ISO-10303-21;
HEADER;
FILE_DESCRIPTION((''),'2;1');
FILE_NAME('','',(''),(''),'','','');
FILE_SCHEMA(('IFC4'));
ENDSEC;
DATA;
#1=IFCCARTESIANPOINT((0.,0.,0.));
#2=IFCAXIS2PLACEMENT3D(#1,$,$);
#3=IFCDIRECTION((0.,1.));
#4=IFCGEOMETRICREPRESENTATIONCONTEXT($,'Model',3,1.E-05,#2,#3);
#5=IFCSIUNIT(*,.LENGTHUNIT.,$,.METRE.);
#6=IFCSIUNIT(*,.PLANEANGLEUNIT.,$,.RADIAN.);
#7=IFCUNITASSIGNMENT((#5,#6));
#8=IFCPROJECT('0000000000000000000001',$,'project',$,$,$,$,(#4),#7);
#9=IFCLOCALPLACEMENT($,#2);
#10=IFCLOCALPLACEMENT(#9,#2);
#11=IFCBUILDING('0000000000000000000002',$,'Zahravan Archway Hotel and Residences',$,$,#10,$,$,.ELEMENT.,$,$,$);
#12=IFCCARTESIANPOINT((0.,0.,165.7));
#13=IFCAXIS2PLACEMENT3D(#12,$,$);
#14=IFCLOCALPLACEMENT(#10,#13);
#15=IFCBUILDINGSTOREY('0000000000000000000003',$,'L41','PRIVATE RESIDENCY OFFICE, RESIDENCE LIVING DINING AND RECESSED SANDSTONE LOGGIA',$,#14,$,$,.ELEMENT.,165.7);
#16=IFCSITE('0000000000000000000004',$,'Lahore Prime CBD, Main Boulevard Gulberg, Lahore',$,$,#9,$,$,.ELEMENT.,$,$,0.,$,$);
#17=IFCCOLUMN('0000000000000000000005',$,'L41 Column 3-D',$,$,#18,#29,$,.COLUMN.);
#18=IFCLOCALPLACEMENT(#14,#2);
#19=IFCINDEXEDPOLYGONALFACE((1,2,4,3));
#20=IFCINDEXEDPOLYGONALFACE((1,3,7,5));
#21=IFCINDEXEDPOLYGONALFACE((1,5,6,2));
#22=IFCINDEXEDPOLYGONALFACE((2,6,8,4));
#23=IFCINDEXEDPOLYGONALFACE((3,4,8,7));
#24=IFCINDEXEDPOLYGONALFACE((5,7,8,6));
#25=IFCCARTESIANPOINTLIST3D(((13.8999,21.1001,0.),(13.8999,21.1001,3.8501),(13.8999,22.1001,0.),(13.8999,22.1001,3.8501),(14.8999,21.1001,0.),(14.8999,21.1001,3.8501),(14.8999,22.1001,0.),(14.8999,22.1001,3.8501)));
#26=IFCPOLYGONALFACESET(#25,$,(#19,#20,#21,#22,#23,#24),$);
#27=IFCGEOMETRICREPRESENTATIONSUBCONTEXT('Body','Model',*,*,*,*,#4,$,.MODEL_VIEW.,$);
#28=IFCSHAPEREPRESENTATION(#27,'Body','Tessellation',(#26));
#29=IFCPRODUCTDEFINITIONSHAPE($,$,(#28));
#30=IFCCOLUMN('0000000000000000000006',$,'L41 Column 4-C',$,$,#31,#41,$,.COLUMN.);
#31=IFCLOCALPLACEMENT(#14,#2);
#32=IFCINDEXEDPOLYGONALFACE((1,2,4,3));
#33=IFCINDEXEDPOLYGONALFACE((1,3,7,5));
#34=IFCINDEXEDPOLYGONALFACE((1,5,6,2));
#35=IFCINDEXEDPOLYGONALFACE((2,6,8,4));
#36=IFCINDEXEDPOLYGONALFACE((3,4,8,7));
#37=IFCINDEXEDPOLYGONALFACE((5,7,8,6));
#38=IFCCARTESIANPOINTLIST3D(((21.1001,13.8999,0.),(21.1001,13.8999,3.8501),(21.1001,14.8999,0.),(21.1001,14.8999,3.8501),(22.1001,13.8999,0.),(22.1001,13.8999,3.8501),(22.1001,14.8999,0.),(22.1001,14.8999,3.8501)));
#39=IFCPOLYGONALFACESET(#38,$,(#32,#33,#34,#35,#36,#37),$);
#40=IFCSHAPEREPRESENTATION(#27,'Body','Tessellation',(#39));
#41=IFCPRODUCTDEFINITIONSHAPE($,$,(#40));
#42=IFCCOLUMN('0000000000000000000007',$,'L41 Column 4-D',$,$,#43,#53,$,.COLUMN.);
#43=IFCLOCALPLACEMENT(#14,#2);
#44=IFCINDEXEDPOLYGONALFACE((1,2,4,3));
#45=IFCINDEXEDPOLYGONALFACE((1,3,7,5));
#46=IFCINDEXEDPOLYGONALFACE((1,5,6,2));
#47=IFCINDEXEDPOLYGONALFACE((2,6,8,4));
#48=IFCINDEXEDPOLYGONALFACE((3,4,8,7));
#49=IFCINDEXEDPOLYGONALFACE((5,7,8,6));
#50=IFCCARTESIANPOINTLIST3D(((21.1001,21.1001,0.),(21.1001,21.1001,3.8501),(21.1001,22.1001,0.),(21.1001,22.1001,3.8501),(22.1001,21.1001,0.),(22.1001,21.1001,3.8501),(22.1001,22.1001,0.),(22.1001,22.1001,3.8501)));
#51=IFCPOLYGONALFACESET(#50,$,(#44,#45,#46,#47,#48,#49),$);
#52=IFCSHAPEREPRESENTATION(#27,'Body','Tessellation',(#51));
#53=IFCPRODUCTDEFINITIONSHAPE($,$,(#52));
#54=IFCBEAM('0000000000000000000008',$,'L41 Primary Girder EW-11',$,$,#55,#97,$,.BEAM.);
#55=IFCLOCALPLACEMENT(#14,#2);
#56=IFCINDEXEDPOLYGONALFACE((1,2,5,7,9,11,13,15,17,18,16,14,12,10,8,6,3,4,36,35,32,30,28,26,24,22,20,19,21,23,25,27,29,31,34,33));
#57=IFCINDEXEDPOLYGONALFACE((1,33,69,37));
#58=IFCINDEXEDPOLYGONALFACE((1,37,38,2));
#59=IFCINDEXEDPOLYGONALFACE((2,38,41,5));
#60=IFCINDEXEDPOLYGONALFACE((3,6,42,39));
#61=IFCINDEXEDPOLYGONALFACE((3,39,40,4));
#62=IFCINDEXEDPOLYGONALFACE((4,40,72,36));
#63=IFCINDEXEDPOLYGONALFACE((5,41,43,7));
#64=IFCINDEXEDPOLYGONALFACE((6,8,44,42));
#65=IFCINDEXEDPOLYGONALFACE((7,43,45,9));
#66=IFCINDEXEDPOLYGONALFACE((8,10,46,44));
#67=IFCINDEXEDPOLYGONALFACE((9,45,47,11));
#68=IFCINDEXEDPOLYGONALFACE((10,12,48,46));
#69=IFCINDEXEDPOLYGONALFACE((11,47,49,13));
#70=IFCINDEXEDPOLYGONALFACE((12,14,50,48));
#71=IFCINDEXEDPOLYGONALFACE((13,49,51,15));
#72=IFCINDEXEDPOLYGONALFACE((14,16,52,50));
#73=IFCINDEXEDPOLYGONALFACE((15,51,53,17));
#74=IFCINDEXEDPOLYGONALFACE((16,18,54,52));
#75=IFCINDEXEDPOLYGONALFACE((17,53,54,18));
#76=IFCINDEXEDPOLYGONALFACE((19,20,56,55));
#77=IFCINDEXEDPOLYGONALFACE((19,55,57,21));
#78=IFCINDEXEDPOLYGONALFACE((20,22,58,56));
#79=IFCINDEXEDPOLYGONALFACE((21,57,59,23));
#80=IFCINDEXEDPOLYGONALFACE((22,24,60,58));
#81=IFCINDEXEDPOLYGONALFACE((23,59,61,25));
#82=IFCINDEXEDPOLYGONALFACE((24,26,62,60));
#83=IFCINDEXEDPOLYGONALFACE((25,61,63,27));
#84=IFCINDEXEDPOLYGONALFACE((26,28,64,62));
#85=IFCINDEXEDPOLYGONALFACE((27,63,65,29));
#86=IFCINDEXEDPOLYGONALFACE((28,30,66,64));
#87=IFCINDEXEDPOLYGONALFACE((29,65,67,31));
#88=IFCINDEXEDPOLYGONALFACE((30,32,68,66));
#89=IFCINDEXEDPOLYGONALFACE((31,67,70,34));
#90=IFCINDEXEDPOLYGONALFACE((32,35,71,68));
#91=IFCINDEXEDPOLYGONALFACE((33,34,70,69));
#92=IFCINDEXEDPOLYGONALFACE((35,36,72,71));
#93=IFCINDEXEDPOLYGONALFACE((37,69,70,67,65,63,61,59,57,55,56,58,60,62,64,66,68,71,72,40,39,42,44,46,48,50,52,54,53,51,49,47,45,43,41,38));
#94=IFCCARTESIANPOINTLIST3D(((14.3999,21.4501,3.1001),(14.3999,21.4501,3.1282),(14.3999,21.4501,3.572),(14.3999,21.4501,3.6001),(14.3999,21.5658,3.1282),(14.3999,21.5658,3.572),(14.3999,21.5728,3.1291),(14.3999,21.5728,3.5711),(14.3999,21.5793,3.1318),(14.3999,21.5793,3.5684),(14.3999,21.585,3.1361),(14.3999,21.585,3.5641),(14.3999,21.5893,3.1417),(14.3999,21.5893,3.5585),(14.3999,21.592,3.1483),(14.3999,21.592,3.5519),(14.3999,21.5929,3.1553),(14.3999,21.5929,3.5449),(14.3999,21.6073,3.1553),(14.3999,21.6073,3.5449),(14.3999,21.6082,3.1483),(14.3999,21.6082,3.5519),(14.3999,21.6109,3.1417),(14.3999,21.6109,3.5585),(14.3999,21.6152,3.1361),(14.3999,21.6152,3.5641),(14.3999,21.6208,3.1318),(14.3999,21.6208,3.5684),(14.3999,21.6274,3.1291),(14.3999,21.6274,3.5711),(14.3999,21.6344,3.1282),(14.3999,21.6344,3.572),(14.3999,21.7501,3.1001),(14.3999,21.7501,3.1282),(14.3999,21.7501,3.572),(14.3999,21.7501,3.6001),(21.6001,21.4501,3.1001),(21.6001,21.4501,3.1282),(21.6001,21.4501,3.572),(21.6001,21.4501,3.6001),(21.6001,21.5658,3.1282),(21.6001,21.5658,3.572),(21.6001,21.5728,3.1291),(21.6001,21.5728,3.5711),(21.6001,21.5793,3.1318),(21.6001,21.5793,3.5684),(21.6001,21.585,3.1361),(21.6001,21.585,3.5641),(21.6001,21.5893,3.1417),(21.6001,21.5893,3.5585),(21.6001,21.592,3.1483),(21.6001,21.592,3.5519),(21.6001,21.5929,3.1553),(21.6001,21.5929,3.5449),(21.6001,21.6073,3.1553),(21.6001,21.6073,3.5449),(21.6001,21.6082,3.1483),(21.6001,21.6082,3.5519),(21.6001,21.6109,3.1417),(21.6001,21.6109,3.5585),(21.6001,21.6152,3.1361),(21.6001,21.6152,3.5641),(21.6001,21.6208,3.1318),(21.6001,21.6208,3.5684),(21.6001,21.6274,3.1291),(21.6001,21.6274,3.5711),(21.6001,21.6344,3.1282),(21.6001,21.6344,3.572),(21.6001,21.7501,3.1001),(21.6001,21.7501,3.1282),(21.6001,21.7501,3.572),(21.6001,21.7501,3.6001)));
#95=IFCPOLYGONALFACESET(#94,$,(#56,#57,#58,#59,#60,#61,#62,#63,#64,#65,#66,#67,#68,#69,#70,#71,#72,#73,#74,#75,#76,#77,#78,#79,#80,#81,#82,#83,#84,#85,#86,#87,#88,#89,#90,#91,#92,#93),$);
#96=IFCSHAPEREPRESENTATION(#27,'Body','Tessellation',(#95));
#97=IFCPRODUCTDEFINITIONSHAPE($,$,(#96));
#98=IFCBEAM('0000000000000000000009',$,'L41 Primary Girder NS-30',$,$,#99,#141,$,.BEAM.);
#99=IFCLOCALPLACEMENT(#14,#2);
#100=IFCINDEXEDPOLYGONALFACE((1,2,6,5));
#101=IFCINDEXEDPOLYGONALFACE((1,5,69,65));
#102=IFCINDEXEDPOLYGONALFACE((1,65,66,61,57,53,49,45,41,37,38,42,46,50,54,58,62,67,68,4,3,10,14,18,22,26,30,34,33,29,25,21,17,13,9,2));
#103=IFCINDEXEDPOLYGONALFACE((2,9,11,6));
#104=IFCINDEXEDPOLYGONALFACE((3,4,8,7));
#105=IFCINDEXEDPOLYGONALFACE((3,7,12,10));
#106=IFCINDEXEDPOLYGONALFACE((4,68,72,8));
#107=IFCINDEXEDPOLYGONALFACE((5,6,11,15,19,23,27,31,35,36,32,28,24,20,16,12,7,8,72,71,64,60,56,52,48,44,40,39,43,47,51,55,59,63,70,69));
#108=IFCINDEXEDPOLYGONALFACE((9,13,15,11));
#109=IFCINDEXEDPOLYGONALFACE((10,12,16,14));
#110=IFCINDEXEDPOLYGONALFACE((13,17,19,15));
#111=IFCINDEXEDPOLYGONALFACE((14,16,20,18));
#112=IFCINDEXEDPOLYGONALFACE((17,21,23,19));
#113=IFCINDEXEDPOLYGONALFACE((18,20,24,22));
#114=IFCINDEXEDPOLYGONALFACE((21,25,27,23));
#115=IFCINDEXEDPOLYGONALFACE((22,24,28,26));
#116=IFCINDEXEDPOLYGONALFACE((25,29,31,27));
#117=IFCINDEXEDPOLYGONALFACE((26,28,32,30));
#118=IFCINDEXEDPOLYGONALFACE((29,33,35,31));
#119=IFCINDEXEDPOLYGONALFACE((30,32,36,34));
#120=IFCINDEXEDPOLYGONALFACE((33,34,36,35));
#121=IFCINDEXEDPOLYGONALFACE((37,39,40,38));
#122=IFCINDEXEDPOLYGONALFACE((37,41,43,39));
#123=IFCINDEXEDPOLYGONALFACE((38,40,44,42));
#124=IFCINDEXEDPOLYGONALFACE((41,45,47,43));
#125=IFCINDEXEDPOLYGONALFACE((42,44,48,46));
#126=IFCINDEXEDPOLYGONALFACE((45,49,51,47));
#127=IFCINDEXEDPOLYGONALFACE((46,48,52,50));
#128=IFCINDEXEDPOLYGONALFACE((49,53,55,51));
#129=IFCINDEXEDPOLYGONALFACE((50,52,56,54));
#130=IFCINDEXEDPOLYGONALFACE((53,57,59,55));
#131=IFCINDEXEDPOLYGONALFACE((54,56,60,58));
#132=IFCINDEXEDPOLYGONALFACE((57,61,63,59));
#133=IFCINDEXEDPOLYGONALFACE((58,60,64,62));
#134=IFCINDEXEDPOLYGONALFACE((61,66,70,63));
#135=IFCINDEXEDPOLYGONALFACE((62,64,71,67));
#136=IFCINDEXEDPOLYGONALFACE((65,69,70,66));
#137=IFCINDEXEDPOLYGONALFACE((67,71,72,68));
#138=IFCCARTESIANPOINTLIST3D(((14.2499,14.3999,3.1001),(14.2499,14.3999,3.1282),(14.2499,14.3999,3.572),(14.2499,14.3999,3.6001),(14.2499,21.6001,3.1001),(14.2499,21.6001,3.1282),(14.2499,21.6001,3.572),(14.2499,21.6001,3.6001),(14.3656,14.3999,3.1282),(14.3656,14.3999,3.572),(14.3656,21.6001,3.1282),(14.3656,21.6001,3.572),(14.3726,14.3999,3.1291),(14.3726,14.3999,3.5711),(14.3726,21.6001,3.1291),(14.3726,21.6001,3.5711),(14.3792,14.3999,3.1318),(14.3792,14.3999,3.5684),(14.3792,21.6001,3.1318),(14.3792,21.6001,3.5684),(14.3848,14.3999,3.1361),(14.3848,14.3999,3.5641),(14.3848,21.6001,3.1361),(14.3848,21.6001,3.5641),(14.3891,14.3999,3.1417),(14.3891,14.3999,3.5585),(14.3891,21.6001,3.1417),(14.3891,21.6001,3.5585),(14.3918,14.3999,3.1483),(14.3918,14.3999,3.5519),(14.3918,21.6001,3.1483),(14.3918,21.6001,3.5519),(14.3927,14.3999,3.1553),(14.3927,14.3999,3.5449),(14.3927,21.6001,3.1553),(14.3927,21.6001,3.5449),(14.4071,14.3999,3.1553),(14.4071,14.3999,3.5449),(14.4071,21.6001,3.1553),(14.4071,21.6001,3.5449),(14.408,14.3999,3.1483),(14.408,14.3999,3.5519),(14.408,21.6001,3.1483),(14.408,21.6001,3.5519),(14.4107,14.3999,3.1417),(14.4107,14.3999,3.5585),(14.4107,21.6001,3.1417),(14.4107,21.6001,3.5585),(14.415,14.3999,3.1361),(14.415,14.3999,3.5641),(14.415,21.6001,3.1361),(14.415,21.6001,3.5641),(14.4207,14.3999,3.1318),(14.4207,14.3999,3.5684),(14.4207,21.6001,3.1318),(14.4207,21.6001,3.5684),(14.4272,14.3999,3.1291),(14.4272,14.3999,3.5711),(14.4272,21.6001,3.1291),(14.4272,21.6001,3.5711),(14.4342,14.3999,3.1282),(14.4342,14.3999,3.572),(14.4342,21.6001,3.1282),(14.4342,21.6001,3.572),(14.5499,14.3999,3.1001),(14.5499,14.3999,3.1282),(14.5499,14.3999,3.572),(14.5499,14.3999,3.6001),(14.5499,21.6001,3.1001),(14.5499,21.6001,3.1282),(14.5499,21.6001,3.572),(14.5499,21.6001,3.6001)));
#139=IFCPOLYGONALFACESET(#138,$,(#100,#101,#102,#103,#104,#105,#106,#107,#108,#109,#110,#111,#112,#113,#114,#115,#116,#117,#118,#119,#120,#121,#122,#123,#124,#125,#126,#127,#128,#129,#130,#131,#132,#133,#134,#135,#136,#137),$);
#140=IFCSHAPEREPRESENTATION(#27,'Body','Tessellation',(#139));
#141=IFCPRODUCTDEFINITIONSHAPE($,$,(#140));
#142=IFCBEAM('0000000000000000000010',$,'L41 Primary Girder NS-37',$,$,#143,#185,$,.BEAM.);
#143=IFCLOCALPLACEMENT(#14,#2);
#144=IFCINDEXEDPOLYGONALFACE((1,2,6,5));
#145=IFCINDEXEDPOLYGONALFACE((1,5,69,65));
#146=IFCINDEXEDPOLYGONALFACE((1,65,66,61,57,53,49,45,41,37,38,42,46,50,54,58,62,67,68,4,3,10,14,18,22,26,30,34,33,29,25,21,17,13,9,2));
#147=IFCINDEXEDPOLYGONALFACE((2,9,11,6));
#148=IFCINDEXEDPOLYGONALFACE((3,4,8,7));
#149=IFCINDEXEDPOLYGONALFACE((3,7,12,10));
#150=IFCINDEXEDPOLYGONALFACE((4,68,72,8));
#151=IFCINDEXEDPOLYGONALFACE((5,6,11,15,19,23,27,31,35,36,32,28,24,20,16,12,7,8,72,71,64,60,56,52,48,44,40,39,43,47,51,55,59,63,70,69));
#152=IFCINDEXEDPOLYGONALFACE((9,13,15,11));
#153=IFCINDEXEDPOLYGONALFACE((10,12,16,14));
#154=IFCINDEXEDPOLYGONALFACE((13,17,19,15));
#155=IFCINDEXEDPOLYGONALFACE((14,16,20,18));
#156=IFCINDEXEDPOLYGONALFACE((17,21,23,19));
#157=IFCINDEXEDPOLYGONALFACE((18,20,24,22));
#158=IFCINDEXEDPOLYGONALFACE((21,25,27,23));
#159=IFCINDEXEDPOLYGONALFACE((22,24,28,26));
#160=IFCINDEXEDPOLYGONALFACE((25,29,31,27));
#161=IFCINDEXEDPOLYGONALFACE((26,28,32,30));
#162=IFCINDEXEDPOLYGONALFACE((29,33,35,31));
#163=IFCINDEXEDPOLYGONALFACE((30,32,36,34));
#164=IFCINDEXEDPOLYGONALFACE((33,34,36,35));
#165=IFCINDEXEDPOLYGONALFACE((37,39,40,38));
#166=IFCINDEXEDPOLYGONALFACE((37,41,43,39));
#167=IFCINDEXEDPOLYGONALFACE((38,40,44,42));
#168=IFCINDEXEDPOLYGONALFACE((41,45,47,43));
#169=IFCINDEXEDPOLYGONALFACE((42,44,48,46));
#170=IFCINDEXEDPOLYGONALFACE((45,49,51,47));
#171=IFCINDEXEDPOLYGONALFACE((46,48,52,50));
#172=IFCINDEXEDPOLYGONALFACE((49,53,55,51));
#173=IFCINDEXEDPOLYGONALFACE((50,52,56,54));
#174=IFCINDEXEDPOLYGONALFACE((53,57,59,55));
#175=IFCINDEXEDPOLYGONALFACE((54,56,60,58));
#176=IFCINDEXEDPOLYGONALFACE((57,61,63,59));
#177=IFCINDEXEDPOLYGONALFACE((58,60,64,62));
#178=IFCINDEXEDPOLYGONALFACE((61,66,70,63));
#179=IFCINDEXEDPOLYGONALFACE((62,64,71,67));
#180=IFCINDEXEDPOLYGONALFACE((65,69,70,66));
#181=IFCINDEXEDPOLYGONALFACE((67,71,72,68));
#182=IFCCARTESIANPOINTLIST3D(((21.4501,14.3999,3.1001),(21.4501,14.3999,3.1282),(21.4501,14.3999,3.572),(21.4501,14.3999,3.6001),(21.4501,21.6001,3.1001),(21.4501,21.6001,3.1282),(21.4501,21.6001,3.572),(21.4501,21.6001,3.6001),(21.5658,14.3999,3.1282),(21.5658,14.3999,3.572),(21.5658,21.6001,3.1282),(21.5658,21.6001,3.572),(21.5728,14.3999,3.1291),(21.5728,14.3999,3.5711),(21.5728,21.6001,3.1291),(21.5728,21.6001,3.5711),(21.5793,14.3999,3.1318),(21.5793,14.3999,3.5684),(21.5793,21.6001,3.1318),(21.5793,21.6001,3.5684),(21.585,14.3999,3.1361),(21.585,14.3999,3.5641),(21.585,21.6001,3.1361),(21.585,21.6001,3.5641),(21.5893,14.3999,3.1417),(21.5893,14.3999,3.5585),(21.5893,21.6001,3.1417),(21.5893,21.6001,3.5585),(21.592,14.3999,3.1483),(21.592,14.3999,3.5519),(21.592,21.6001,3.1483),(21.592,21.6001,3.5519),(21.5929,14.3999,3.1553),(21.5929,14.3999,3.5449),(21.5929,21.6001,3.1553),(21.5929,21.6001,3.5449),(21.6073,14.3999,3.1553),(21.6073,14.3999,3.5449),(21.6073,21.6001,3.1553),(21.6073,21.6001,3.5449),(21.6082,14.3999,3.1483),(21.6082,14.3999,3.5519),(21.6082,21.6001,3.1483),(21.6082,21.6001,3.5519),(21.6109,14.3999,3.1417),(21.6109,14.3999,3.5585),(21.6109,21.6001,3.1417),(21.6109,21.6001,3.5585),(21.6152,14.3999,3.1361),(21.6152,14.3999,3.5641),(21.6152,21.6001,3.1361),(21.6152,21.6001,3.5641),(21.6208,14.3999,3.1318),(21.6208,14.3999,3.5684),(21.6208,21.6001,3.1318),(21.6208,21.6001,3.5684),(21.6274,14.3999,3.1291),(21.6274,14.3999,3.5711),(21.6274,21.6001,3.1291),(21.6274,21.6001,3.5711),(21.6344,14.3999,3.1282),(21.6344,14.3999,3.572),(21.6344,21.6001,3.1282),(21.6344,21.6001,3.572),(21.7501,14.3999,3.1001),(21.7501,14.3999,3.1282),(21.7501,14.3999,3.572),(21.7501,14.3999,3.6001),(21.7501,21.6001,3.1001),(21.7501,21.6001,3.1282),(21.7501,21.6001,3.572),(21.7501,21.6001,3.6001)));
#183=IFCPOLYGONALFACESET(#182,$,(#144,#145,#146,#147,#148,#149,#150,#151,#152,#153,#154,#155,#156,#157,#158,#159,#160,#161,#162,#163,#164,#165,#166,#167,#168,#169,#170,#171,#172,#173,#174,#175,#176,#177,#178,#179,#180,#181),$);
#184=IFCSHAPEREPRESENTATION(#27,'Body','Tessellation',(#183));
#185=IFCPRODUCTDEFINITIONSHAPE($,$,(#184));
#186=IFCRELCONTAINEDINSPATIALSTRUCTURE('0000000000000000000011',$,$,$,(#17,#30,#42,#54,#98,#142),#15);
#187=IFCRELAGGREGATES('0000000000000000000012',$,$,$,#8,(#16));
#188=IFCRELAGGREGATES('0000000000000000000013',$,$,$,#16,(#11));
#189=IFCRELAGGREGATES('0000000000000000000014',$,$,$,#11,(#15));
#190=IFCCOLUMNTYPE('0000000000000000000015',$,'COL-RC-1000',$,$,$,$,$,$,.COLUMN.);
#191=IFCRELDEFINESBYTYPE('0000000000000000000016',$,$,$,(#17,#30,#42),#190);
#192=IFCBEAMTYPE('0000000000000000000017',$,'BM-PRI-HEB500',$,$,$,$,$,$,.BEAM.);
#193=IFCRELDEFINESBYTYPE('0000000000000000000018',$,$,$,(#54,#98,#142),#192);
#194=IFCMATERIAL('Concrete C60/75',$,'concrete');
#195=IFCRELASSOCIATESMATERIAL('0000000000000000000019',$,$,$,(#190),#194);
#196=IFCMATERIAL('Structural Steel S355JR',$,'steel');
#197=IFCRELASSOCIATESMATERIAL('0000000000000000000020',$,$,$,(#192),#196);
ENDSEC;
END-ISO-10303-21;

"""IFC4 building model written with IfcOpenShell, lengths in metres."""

from ifc_helpers import new_model, si_unit, direction, frame, origin, origin_2d, place, context, subcontext, project, spatial, rectangle, i_section, extrude, source, transform, mapped, material, material_profile, profile_set, type_object, type_shapes, element, save


model = new_model("IFC4")

# Units and contexts
model_context = context("Model", 3, precision=1e-05, world=origin(), true_north=direction((0.0, 1.0)))
body_context = subcontext(model_context, "Body", "Model", "MODEL_VIEW")
ifc_project = project(units=[si_unit("LENGTHUNIT", "METRE"), si_unit("PLANEANGLEUNIT", "RADIAN")], contexts=[model_context])

# Site, building, storey
site_placement = place(None, origin())
site = spatial("IfcSite", under=ifc_project, at=site_placement, Name="Lahore Prime CBD, Main Boulevard Gulberg, Lahore", CompositionType="ELEMENT", RefElevation=0.0)
building_placement = place(site_placement, origin())
building = spatial("IfcBuilding", under=site, at=building_placement, Name="Zahravan Archway Hotel and Residences", CompositionType="ELEMENT")
storey_placement = place(building_placement, frame((0.0, 0.0, 165.7)))
storey = spatial("IfcBuildingStorey", under=building, at=storey_placement, Name="L41", Description="PRIVATE RESIDENCY OFFICE, RESIDENCE LIVING DINING AND RECESSED SANDSTONE LOGGIA", CompositionType="ELEMENT", Elevation=165.7)

# Columns
ifc_material_1 = material(Name="Concrete C60/75", Category="concrete")
ifc_material_profile_1 = material_profile(ifc_material_1, rectangle(XDim=1.0, YDim=1.0, at=origin_2d()), Name="RC-COL-1000x1000", Category="concrete")
ifc_profile_set_1 = profile_set([ifc_material_profile_1], Name="Concrete C60/75")
column_type = type_object("IfcColumnType", Name="COL-RC-1000", PredefinedType="COLUMN", material=ifc_profile_set_1)
shared_shape_1 = source(origin(), body_context, "Body", "SweptSolid", [
    extrude(rectangle(XDim=1.0, YDim=1.0, at=origin_2d()), origin(), (0.0, 0.0, 1.0), 3.8501),
])
for number, where, z_axis, x_axis, name in (
    (1, (14.3999, 21.6001, 0.0), (0.0, 0.0, 1.0), (1.0, 0.0, 0.0), "L41 Column 3-D"),
    (2, (21.6001, 14.3999, 0.0), (0.0, 0.0, 1.0), (1.0, 0.0, 0.0), "L41 Column 4-C"),
    (3, (21.6001, 21.6001, 0.0), (0.0, 0.0, 1.0), (1.0, 0.0, 0.0), "L41 Column 4-D"),
):
    element("IfcColumn", number, at=place(storey_placement, frame(where, z_axis=z_axis, x_axis=x_axis)), inside=storey, type_object=column_type, Name=name, PredefinedType="COLUMN", context=body_context, shape_type="MappedRepresentation", body=[
        mapped(shared_shape_1, transform((0.0, 0.0, 0.0), scale=1.0)),
    ])

# Beams
ifc_material_2 = material(Name="Structural Steel S355JR", Category="steel")
ifc_material_profile_2 = material_profile(ifc_material_2, i_section(OverallWidth=0.3, OverallDepth=0.5, WebThickness=0.0144, FlangeThickness=0.0281, FilletRadius=0.0271, at=origin_2d()), Name="HEB 500", Category="steel")
ifc_profile_set_2 = profile_set([ifc_material_profile_2], Name="Structural Steel S355JR")
beam_type_1 = type_object("IfcBeamType", Name="BM-PRI-HEB500", PredefinedType="BEAM", material=ifc_profile_set_2)
shared_shape_2 = source(origin(), body_context, "Body", "SweptSolid", [
    extrude(i_section(OverallWidth=0.3, OverallDepth=0.5, WebThickness=0.0144, FlangeThickness=0.0281, FilletRadius=0.0271, at=origin_2d()), origin(), (0.0, 0.0, 1.0), 7.2002),
])
type_shapes(beam_type_1, [shared_shape_2])
for number, where, z_axis, x_axis, name in (
    (4, (14.3999, 21.6001, 3.3501), (1.0, 0.0, 0.0), (0.0, 1.0, 0.0), "L41 Primary Girder EW-11"),
    (5, (14.3999, 14.3999, 3.3501), (0.0, 1.0, 0.0), (-1.0, 0.0, 0.0), "L41 Primary Girder NS-30"),
    (6, (21.6001, 14.3999, 3.3501), (0.0, 1.0, 0.0), (-1.0, 0.0, 0.0), "L41 Primary Girder NS-37"),
):
    element("IfcBeam", number, at=place(storey_placement, frame(where, z_axis=z_axis, x_axis=x_axis)), inside=storey, type_object=beam_type_1, Name=name, PredefinedType="BEAM", context=body_context, shape_type="MappedRepresentation", body=[
        mapped(shared_shape_2, transform((0.0, 0.0, 0.0), scale=1.0)),
    ])

save(model, "model.ifc")
